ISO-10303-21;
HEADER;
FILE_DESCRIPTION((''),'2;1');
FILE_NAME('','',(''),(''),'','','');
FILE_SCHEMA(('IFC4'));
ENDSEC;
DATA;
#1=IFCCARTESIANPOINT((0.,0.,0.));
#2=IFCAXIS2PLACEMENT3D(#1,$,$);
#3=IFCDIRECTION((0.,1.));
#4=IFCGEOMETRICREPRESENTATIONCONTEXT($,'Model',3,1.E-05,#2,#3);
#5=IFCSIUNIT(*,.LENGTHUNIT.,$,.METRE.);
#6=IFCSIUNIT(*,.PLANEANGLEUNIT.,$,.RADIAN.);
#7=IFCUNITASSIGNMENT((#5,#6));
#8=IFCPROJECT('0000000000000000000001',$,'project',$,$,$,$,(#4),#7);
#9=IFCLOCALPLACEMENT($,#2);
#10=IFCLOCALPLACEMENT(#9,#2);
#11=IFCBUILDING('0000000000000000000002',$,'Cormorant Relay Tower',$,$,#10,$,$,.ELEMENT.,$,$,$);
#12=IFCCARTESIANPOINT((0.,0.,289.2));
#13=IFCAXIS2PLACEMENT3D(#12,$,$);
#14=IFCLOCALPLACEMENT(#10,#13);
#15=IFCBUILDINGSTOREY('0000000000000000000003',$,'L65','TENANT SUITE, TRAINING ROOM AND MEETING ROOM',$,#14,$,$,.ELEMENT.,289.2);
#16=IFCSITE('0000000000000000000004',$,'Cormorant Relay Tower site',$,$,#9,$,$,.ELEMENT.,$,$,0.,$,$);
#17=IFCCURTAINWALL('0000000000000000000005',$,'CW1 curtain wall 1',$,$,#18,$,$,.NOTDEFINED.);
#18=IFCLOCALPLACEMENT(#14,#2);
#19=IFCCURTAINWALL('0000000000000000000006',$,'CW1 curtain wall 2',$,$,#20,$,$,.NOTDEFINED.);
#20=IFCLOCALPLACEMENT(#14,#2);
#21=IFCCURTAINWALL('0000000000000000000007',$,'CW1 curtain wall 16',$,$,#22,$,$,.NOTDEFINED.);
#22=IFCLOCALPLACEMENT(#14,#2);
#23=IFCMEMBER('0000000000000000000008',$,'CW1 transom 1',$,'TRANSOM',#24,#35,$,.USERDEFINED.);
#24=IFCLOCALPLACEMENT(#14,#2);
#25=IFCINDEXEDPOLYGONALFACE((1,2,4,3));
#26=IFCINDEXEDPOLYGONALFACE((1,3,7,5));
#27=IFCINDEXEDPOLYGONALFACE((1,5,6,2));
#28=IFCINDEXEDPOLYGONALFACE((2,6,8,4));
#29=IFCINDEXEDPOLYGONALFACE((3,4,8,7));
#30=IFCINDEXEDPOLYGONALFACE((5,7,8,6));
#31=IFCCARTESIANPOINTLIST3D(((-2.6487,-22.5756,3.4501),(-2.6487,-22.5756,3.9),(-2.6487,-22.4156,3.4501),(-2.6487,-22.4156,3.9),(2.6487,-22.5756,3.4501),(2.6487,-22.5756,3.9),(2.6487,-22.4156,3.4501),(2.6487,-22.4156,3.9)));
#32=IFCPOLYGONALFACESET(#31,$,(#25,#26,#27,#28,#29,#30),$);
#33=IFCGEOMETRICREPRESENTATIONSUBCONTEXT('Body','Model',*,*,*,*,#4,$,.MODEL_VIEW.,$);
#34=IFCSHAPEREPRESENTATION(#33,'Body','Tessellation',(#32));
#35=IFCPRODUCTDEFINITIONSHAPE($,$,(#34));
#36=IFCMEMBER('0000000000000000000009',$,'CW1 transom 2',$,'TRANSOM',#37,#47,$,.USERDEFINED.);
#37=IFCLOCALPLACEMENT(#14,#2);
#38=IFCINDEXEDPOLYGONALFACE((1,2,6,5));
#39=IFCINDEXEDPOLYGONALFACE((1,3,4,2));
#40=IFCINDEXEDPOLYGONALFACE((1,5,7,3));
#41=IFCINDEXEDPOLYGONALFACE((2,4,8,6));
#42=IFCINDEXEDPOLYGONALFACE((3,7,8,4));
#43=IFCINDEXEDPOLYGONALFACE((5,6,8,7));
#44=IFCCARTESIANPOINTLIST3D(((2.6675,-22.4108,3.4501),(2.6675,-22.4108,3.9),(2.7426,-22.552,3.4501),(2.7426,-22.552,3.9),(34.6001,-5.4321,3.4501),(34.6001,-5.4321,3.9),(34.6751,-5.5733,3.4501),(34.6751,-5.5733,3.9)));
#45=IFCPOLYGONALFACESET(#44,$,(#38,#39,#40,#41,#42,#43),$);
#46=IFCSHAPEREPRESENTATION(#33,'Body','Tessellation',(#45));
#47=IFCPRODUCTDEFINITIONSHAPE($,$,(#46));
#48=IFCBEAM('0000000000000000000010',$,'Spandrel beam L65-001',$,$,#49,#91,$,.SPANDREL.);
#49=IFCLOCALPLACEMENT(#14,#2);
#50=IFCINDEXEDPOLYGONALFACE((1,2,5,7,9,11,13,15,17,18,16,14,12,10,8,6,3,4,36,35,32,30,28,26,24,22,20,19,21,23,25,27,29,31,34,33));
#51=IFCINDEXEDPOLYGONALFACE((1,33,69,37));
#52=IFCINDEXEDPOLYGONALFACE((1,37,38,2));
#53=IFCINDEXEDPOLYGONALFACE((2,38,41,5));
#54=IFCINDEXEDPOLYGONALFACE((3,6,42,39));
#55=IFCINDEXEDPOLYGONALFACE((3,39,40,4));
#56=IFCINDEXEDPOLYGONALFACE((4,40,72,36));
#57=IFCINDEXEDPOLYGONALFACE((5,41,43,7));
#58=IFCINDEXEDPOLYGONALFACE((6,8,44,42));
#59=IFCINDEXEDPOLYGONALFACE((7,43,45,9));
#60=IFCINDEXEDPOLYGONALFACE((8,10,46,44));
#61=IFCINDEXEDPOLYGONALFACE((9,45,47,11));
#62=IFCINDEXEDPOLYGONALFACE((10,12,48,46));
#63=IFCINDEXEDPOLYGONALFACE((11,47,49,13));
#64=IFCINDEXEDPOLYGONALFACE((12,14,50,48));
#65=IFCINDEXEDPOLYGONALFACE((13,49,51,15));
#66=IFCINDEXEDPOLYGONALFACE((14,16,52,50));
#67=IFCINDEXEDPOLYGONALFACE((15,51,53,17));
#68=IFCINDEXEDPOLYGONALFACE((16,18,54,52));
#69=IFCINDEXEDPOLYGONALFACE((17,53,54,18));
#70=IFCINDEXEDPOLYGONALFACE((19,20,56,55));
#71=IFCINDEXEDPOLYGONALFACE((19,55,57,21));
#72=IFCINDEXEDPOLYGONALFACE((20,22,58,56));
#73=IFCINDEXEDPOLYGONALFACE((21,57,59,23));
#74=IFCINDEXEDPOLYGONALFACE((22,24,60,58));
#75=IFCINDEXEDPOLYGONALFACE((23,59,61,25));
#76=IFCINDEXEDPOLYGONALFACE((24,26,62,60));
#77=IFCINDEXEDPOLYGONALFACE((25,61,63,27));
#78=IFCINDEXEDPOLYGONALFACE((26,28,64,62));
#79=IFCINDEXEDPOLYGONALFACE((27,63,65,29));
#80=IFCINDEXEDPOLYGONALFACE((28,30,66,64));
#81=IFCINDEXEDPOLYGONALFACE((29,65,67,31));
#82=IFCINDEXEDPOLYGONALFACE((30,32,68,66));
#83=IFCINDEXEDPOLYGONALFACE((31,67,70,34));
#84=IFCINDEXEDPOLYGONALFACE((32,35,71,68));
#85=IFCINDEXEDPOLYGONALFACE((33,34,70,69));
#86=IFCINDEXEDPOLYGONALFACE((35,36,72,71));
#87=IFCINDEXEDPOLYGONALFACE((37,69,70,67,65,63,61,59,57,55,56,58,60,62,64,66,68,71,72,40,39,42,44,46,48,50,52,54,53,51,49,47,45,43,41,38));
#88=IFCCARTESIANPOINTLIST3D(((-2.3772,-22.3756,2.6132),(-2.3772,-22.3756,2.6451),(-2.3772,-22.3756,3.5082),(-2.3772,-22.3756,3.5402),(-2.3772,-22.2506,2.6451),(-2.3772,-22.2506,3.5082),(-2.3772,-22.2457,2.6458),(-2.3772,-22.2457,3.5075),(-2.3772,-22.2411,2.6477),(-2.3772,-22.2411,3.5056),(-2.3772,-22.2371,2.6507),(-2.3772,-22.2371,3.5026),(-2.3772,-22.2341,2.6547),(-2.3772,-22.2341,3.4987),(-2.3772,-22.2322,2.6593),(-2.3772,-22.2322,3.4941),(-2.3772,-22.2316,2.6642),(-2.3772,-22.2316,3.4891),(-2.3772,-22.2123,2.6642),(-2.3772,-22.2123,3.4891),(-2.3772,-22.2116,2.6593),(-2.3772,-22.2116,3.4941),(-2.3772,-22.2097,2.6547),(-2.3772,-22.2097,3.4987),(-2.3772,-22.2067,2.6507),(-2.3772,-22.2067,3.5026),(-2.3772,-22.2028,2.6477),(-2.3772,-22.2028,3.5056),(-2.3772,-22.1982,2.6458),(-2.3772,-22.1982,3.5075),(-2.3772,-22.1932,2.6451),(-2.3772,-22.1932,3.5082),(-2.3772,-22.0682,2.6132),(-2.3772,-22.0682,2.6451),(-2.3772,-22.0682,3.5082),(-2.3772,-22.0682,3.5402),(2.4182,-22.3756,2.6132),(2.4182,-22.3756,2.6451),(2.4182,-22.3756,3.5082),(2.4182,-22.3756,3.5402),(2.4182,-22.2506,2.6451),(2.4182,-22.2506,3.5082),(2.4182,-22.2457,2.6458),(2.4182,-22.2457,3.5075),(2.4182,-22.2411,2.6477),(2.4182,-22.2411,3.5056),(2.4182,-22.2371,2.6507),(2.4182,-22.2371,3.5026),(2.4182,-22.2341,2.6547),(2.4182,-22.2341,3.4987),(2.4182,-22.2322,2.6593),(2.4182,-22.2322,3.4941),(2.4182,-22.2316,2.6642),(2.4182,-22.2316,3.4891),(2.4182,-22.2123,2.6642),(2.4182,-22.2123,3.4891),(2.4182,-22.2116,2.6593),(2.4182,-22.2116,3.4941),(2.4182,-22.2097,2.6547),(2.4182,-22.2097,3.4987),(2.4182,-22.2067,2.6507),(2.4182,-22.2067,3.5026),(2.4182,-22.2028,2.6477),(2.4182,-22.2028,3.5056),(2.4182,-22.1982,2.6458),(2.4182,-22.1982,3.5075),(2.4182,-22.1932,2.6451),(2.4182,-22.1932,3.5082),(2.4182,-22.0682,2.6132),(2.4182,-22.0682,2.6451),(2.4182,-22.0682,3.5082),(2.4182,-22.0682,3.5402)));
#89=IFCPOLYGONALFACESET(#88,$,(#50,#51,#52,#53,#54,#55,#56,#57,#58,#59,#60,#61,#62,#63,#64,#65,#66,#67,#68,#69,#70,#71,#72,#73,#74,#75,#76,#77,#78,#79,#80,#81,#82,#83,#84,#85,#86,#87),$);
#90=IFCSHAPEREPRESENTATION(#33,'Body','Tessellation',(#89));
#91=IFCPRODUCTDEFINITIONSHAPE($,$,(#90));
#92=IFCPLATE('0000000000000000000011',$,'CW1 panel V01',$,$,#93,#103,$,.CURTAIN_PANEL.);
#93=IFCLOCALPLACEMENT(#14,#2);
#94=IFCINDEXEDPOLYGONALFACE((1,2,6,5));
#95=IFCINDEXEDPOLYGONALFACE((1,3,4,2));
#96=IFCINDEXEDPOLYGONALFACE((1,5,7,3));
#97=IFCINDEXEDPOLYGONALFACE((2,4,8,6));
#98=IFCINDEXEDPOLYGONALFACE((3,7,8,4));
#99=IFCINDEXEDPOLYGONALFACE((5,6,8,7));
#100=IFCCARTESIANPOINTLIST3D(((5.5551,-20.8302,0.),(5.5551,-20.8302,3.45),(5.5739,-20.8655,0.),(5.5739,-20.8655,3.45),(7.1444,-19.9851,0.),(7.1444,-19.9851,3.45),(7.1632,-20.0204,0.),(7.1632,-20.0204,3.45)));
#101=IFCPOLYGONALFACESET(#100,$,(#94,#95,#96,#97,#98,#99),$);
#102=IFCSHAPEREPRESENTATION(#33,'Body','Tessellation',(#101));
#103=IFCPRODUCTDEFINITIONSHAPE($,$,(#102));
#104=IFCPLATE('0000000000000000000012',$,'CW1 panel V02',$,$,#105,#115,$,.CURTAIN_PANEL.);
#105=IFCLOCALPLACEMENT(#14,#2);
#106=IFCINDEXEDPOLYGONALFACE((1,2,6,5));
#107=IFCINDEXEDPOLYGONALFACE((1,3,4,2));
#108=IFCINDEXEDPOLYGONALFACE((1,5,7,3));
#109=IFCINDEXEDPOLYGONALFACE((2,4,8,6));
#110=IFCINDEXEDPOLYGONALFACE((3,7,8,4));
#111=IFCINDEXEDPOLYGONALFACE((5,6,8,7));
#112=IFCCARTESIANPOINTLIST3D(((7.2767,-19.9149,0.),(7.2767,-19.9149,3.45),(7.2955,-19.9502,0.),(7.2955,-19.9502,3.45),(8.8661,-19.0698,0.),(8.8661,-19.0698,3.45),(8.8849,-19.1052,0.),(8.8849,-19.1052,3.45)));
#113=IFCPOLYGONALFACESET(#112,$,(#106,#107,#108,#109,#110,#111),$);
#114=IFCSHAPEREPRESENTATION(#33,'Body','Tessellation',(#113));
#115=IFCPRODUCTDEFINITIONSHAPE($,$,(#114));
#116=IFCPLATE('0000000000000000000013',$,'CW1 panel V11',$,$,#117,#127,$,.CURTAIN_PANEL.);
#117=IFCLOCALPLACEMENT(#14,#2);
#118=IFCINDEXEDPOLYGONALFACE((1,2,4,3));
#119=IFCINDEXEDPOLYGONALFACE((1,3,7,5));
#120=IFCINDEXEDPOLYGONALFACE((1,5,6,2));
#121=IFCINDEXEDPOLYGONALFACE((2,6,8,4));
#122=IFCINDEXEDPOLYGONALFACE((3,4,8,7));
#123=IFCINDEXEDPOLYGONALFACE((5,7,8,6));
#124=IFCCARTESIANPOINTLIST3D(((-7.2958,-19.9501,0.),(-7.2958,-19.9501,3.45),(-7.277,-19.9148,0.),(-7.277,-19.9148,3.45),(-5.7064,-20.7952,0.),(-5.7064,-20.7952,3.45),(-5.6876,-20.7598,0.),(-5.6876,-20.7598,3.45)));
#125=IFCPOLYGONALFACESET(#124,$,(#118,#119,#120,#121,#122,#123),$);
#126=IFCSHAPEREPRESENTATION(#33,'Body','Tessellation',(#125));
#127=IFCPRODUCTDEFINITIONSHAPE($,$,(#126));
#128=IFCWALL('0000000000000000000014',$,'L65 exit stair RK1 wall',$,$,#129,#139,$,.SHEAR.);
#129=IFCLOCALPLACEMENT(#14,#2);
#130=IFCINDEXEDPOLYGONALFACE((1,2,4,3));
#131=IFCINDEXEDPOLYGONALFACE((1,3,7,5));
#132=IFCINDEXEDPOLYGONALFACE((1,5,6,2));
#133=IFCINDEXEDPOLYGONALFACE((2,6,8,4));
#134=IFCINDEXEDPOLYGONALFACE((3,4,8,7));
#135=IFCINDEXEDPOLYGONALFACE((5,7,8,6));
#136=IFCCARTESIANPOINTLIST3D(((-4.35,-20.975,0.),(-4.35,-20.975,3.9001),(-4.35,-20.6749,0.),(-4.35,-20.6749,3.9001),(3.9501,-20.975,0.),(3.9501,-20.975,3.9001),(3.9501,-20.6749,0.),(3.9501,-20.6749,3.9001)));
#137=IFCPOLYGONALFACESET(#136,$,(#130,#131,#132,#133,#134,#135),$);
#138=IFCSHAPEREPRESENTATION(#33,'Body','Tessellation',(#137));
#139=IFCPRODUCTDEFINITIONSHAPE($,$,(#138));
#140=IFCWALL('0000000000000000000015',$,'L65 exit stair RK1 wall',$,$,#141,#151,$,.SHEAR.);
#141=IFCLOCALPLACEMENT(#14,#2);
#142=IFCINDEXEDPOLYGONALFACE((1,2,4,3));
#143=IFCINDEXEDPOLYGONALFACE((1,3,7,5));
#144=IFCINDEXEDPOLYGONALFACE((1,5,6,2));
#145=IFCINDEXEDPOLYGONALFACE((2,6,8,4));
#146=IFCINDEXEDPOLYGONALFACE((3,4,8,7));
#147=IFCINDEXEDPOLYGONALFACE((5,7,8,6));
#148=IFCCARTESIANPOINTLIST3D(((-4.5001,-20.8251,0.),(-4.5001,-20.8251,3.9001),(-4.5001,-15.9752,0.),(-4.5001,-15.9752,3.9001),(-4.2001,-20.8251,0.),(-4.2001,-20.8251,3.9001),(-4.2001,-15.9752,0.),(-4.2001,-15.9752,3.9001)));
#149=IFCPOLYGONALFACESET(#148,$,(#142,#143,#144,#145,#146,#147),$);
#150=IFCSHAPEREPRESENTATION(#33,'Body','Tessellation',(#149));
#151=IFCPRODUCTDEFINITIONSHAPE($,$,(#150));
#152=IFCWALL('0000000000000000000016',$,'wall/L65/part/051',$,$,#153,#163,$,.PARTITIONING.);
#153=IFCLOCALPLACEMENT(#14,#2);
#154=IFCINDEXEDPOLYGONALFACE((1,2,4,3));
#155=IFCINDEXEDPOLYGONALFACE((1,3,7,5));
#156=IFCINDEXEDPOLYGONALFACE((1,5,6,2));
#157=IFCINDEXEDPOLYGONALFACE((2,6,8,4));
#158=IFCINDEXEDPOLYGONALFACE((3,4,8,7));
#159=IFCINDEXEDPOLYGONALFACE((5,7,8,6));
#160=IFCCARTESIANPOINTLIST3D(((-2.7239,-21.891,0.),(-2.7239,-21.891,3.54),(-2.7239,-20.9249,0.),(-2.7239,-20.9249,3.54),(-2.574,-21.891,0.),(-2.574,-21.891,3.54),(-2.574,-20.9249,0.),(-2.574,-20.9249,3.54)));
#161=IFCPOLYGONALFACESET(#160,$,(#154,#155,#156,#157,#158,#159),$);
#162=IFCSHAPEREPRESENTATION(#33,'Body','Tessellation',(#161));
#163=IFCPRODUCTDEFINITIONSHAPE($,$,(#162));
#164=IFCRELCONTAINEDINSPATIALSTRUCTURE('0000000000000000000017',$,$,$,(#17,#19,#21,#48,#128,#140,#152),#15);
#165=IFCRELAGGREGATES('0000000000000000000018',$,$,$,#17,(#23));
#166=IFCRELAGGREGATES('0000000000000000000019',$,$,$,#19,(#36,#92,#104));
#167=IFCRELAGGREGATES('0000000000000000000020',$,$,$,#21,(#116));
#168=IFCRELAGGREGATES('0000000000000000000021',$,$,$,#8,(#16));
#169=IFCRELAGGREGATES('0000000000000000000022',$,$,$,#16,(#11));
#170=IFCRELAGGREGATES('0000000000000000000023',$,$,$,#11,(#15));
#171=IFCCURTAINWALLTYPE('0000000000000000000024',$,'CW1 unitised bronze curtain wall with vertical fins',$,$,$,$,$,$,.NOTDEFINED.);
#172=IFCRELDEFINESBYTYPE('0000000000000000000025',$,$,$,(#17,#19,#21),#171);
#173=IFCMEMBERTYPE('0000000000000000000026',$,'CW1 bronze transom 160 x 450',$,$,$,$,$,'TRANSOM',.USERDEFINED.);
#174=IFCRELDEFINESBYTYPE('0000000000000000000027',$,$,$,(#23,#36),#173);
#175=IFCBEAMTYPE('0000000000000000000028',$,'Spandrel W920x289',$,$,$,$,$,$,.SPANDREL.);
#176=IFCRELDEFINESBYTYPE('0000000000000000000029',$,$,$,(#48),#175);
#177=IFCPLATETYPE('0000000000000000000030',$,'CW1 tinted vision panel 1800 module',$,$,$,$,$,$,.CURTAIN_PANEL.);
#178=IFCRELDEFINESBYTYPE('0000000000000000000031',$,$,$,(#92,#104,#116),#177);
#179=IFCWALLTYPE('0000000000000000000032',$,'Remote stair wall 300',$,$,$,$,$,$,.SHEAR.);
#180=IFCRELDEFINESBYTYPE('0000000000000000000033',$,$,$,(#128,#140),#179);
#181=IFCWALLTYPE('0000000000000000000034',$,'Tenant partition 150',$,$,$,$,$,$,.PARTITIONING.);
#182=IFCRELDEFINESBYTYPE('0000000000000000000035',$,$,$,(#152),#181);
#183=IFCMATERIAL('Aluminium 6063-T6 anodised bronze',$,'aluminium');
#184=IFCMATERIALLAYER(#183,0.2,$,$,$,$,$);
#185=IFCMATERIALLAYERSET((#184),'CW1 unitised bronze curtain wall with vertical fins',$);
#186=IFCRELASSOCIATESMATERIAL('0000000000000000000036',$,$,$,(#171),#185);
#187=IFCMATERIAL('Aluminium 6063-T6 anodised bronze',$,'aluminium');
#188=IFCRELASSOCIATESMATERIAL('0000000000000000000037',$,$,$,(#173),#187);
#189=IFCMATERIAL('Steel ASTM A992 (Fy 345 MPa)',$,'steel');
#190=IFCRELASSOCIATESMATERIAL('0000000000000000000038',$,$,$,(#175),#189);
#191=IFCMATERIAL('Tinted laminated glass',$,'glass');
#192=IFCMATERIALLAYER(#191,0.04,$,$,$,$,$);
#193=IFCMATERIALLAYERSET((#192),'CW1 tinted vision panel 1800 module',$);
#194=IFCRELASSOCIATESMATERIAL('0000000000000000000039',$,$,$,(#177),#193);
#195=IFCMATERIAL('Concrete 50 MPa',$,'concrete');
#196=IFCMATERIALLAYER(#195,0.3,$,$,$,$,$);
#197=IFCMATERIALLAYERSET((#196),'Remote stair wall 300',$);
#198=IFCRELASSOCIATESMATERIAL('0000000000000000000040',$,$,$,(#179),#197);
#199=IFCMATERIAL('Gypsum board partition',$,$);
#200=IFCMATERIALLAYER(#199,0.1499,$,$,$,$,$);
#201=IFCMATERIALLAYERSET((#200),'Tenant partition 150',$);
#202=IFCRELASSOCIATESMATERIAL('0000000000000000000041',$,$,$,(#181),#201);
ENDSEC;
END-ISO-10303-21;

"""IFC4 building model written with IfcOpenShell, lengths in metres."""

from ifc_helpers import new_model, si_unit, direction, frame, frame_2d, origin, origin_2d, place, context, subcontext, project, spatial, rectangle, i_section, extrude, material, layer, layer_set, material_profile, profile_set, type_object, element, aggregate, save


model = new_model("IFC4")

# Units and contexts
model_context = context("Model", 3, precision=1e-05, world=origin(), true_north=direction((0.0, 1.0)))
body_context = subcontext(model_context, "Body", "Model", "MODEL_VIEW")
ifc_project = project(units=[si_unit("LENGTHUNIT", "METRE"), si_unit("PLANEANGLEUNIT", "RADIAN")], contexts=[model_context])

# Site, building, storey
site_placement = place(None, origin())
site = spatial("IfcSite", under=ifc_project, at=site_placement, Name="Cormorant Relay Tower site", CompositionType="ELEMENT", RefElevation=0.0)
building_placement = place(site_placement, origin())
building = spatial("IfcBuilding", under=site, at=building_placement, Name="Cormorant Relay Tower", CompositionType="ELEMENT")
storey_placement = place(building_placement, frame((0.0, 0.0, 289.2)))
storey = spatial("IfcBuildingStorey", under=building, at=storey_placement, Name="L65", Description="TENANT SUITE, TRAINING ROOM AND MEETING ROOM", CompositionType="ELEMENT", Elevation=289.2)

# Curtain wall
ifc_material_1 = material(Name="Aluminium 6063-T6 anodised bronze", Category="aluminium")
ifc_layer_1 = layer(ifc_material_1, 0.2)
ifc_layer_set_1 = layer_set([ifc_layer_1], Name="CW1 unitised bronze curtain wall with vertical fins")
curtain_wall_type = type_object("IfcCurtainWallType", Name="CW1 unitised bronze curtain wall with vertical fins", PredefinedType="NOTDEFINED", material=ifc_layer_set_1)
curtain_wall_1_placement = place(storey_placement, origin())
curtain_wall_1 = element("IfcCurtainWall", 1, at=curtain_wall_1_placement, inside=storey, type_object=curtain_wall_type, Name="CW1 curtain wall 1", PredefinedType="NOTDEFINED")

# Curtain wall
curtain_wall_2_placement = place(storey_placement, origin())
curtain_wall_2 = element("IfcCurtainWall", 2, at=curtain_wall_2_placement, inside=storey, type_object=curtain_wall_type, Name="CW1 curtain wall 2", PredefinedType="NOTDEFINED")

# Curtain wall
curtain_wall_3_placement = place(storey_placement, origin())
curtain_wall_3 = element("IfcCurtainWall", 3, at=curtain_wall_3_placement, inside=storey, type_object=curtain_wall_type, Name="CW1 curtain wall 16", PredefinedType="NOTDEFINED")

# Members
ifc_material_2 = material(Name="Aluminium 6063-T6 anodised bronze", Category="aluminium")
ifc_material_profile_1 = material_profile(ifc_material_2, rectangle(XDim=0.1599, YDim=0.45, at=origin_2d()), Name="AL 160x450")
ifc_profile_set_1 = profile_set([ifc_material_profile_1], Name="Aluminium 6063-T6 anodised bronze")
member_type_1 = type_object("IfcMemberType", Name="CW1 bronze transom 160 x 450", ElementType="TRANSOM", PredefinedType="USERDEFINED", material=ifc_profile_set_1)
member_1_placement = place(storey_placement, frame((-2.6487, -22.4956, 3.675), z_axis=(1.0, 0.0, 0.0), x_axis=(0.0, 1.0, 0.0)))
member_1 = element("IfcMember", 4, at=member_1_placement, type_object=member_type_1, Name="CW1 transom 1", ObjectType="TRANSOM", PredefinedType="USERDEFINED", context=body_context, shape_type="SweptSolid", body=[
    extrude(rectangle(XDim=0.1599, YDim=0.45, at=origin_2d()), origin(), (0.0, 0.0, 1.0), 5.2974),
])
member_2_placement = place(storey_placement, frame((2.7051, -22.4814, 3.675), z_axis=(0.882949, 0.469469, 0.0), x_axis=(-0.469469, 0.882949, 0.0)))
member_2 = element("IfcMember", 5, at=member_2_placement, type_object=member_type_1, Name="CW1 transom 2", ObjectType="TRANSOM", PredefinedType="USERDEFINED", context=body_context, shape_type="SweptSolid", body=[
    extrude(rectangle(XDim=0.1599, YDim=0.45, at=origin_2d()), origin(), (0.0, 0.0, 1.0), 36.1658),
])

# Beam
ifc_material_3 = material(Name="Steel ASTM A992 (Fy 345 MPa)", Category="steel")
ifc_material_profile_2 = material_profile(ifc_material_3, i_section(OverallWidth=0.3074, OverallDepth=0.927, WebThickness=0.0193, FlangeThickness=0.032, FilletRadius=0.019, at=origin_2d()), Name="W920x289")
ifc_profile_set_2 = profile_set([ifc_material_profile_2], Name="Steel ASTM A992 (Fy 345 MPa)")
beam_type = type_object("IfcBeamType", Name="Spandrel W920x289", PredefinedType="SPANDREL", material=ifc_profile_set_2)
beam_placement = place(storey_placement, frame((-2.3772, -22.2219, 3.0767), z_axis=(1.0, 0.0, 0.0), x_axis=(0.0, 1.0, 0.0)))
element("IfcBeam", 6, at=beam_placement, inside=storey, type_object=beam_type, Name="Spandrel beam L65-001", PredefinedType="SPANDREL", context=body_context, shape_type="SweptSolid", body=[
    extrude(i_section(OverallWidth=0.3074, OverallDepth=0.927, WebThickness=0.0193, FlangeThickness=0.032, FilletRadius=0.019, at=origin_2d()), origin(), (0.0, 0.0, 1.0), 4.7954),
])

# Plates
ifc_material_4 = material(Name="Tinted laminated glass", Category="glass")
ifc_layer_2 = layer(ifc_material_4, 0.04)
ifc_layer_set_2 = layer_set([ifc_layer_2], Name="CW1 tinted vision panel 1800 module")
plate_type = type_object("IfcPlateType", Name="CW1 tinted vision panel 1800 module", PredefinedType="CURTAIN_PANEL", material=ifc_layer_set_2)
plate_1_placement = place(storey_placement, frame((6.3591, -20.4253, 0.0), z_axis=(0.0, 0.0, 1.0), x_axis=(0.882948, 0.469472, 0.0)))
plate_1 = element("IfcPlate", 7, at=plate_1_placement, type_object=plate_type, Name="CW1 panel V01", PredefinedType="CURTAIN_PANEL", context=body_context, shape_type="SweptSolid", body=[
    extrude(rectangle(XDim=1.8, YDim=0.04, at=origin_2d()), origin(), (0.0, 0.0, 1.0), 3.45),
])
plate_2_placement = place(storey_placement, frame((8.0808, -19.51, 0.0), z_axis=(0.0, 0.0, 1.0), x_axis=(0.882948, 0.469472, 0.0)))
plate_2 = element("IfcPlate", 8, at=plate_2_placement, type_object=plate_type, Name="CW1 panel V02", PredefinedType="CURTAIN_PANEL", context=body_context, shape_type="SweptSolid", body=[
    extrude(rectangle(XDim=1.8, YDim=0.04, at=origin_2d()), origin(), (0.0, 0.0, 1.0), 3.45),
])
plate_3_placement = place(storey_placement, frame((-6.4917, -20.355, 0.0), z_axis=(0.0, 0.0, 1.0), x_axis=(0.882948, -0.469472, 0.0)))
plate_3 = element("IfcPlate", 9, at=plate_3_placement, type_object=plate_type, Name="CW1 panel V11", PredefinedType="CURTAIN_PANEL", context=body_context, shape_type="SweptSolid", body=[
    extrude(rectangle(XDim=1.8, YDim=0.04, at=origin_2d()), origin(), (0.0, 0.0, 1.0), 3.45),
])

# Walls
ifc_material_5 = material(Name="Concrete 50 MPa", Category="concrete")
ifc_layer_3 = layer(ifc_material_5, 0.3)
ifc_layer_set_3 = layer_set([ifc_layer_3], Name="Remote stair wall 300")
wall_type_1 = type_object("IfcWallType", Name="Remote stair wall 300", PredefinedType="SHEAR", material=ifc_layer_set_3)
wall_1_placement = place(storey_placement, frame((3.95, -20.825, 0.0), z_axis=(0.0, 0.0, 1.0), x_axis=(-1.0, 0.0, 0.0)))
element("IfcWall", 10, at=wall_1_placement, inside=storey, type_object=wall_type_1, Name="L65 exit stair RK1 wall", PredefinedType="SHEAR", context=body_context, shape_type="SweptSolid", body=[
    extrude(rectangle(XDim=8.3, YDim=0.3, at=frame_2d((4.1499, 0.0))), origin(), (0.0, 0.0, 1.0), 3.9001),
])
wall_2_placement = place(storey_placement, frame((-4.3501, -20.825, 0.0), z_axis=(0.0, 0.0, 1.0), x_axis=(0.0, 1.0, 0.0)))
element("IfcWall", 11, at=wall_2_placement, inside=storey, type_object=wall_type_1, Name="L65 exit stair RK1 wall", PredefinedType="SHEAR", context=body_context, shape_type="SweptSolid", body=[
    extrude(rectangle(XDim=4.8499, YDim=0.3, at=frame_2d((2.4248, 0.0))), origin(), (0.0, 0.0, 1.0), 3.9001),
])
ifc_material_6 = material(Name="Gypsum board partition")
ifc_layer_4 = layer(ifc_material_6, 0.1499)
ifc_layer_set_4 = layer_set([ifc_layer_4], Name="Tenant partition 150")
wall_type_2 = type_object("IfcWallType", Name="Tenant partition 150", PredefinedType="PARTITIONING", material=ifc_layer_set_4)
wall_3_placement = place(storey_placement, frame((-2.6489, -20.925, 0.0), z_axis=(0.0, 0.0, 1.0), x_axis=(0.0, -1.0, 0.0)))
element("IfcWall", 12, at=wall_3_placement, inside=storey, type_object=wall_type_2, Name="wall/L65/part/051", PredefinedType="PARTITIONING", context=body_context, shape_type="SweptSolid", body=[
    extrude(rectangle(XDim=0.9661, YDim=0.1499, at=frame_2d((0.4829, 0.0))), origin(), (0.0, 0.0, 1.0), 3.54),
])

aggregate(curtain_wall_1, [member_1])
aggregate(curtain_wall_2, [member_2, plate_1, plate_2])
aggregate(curtain_wall_3, [plate_3])

save(model, "model.ifc")
